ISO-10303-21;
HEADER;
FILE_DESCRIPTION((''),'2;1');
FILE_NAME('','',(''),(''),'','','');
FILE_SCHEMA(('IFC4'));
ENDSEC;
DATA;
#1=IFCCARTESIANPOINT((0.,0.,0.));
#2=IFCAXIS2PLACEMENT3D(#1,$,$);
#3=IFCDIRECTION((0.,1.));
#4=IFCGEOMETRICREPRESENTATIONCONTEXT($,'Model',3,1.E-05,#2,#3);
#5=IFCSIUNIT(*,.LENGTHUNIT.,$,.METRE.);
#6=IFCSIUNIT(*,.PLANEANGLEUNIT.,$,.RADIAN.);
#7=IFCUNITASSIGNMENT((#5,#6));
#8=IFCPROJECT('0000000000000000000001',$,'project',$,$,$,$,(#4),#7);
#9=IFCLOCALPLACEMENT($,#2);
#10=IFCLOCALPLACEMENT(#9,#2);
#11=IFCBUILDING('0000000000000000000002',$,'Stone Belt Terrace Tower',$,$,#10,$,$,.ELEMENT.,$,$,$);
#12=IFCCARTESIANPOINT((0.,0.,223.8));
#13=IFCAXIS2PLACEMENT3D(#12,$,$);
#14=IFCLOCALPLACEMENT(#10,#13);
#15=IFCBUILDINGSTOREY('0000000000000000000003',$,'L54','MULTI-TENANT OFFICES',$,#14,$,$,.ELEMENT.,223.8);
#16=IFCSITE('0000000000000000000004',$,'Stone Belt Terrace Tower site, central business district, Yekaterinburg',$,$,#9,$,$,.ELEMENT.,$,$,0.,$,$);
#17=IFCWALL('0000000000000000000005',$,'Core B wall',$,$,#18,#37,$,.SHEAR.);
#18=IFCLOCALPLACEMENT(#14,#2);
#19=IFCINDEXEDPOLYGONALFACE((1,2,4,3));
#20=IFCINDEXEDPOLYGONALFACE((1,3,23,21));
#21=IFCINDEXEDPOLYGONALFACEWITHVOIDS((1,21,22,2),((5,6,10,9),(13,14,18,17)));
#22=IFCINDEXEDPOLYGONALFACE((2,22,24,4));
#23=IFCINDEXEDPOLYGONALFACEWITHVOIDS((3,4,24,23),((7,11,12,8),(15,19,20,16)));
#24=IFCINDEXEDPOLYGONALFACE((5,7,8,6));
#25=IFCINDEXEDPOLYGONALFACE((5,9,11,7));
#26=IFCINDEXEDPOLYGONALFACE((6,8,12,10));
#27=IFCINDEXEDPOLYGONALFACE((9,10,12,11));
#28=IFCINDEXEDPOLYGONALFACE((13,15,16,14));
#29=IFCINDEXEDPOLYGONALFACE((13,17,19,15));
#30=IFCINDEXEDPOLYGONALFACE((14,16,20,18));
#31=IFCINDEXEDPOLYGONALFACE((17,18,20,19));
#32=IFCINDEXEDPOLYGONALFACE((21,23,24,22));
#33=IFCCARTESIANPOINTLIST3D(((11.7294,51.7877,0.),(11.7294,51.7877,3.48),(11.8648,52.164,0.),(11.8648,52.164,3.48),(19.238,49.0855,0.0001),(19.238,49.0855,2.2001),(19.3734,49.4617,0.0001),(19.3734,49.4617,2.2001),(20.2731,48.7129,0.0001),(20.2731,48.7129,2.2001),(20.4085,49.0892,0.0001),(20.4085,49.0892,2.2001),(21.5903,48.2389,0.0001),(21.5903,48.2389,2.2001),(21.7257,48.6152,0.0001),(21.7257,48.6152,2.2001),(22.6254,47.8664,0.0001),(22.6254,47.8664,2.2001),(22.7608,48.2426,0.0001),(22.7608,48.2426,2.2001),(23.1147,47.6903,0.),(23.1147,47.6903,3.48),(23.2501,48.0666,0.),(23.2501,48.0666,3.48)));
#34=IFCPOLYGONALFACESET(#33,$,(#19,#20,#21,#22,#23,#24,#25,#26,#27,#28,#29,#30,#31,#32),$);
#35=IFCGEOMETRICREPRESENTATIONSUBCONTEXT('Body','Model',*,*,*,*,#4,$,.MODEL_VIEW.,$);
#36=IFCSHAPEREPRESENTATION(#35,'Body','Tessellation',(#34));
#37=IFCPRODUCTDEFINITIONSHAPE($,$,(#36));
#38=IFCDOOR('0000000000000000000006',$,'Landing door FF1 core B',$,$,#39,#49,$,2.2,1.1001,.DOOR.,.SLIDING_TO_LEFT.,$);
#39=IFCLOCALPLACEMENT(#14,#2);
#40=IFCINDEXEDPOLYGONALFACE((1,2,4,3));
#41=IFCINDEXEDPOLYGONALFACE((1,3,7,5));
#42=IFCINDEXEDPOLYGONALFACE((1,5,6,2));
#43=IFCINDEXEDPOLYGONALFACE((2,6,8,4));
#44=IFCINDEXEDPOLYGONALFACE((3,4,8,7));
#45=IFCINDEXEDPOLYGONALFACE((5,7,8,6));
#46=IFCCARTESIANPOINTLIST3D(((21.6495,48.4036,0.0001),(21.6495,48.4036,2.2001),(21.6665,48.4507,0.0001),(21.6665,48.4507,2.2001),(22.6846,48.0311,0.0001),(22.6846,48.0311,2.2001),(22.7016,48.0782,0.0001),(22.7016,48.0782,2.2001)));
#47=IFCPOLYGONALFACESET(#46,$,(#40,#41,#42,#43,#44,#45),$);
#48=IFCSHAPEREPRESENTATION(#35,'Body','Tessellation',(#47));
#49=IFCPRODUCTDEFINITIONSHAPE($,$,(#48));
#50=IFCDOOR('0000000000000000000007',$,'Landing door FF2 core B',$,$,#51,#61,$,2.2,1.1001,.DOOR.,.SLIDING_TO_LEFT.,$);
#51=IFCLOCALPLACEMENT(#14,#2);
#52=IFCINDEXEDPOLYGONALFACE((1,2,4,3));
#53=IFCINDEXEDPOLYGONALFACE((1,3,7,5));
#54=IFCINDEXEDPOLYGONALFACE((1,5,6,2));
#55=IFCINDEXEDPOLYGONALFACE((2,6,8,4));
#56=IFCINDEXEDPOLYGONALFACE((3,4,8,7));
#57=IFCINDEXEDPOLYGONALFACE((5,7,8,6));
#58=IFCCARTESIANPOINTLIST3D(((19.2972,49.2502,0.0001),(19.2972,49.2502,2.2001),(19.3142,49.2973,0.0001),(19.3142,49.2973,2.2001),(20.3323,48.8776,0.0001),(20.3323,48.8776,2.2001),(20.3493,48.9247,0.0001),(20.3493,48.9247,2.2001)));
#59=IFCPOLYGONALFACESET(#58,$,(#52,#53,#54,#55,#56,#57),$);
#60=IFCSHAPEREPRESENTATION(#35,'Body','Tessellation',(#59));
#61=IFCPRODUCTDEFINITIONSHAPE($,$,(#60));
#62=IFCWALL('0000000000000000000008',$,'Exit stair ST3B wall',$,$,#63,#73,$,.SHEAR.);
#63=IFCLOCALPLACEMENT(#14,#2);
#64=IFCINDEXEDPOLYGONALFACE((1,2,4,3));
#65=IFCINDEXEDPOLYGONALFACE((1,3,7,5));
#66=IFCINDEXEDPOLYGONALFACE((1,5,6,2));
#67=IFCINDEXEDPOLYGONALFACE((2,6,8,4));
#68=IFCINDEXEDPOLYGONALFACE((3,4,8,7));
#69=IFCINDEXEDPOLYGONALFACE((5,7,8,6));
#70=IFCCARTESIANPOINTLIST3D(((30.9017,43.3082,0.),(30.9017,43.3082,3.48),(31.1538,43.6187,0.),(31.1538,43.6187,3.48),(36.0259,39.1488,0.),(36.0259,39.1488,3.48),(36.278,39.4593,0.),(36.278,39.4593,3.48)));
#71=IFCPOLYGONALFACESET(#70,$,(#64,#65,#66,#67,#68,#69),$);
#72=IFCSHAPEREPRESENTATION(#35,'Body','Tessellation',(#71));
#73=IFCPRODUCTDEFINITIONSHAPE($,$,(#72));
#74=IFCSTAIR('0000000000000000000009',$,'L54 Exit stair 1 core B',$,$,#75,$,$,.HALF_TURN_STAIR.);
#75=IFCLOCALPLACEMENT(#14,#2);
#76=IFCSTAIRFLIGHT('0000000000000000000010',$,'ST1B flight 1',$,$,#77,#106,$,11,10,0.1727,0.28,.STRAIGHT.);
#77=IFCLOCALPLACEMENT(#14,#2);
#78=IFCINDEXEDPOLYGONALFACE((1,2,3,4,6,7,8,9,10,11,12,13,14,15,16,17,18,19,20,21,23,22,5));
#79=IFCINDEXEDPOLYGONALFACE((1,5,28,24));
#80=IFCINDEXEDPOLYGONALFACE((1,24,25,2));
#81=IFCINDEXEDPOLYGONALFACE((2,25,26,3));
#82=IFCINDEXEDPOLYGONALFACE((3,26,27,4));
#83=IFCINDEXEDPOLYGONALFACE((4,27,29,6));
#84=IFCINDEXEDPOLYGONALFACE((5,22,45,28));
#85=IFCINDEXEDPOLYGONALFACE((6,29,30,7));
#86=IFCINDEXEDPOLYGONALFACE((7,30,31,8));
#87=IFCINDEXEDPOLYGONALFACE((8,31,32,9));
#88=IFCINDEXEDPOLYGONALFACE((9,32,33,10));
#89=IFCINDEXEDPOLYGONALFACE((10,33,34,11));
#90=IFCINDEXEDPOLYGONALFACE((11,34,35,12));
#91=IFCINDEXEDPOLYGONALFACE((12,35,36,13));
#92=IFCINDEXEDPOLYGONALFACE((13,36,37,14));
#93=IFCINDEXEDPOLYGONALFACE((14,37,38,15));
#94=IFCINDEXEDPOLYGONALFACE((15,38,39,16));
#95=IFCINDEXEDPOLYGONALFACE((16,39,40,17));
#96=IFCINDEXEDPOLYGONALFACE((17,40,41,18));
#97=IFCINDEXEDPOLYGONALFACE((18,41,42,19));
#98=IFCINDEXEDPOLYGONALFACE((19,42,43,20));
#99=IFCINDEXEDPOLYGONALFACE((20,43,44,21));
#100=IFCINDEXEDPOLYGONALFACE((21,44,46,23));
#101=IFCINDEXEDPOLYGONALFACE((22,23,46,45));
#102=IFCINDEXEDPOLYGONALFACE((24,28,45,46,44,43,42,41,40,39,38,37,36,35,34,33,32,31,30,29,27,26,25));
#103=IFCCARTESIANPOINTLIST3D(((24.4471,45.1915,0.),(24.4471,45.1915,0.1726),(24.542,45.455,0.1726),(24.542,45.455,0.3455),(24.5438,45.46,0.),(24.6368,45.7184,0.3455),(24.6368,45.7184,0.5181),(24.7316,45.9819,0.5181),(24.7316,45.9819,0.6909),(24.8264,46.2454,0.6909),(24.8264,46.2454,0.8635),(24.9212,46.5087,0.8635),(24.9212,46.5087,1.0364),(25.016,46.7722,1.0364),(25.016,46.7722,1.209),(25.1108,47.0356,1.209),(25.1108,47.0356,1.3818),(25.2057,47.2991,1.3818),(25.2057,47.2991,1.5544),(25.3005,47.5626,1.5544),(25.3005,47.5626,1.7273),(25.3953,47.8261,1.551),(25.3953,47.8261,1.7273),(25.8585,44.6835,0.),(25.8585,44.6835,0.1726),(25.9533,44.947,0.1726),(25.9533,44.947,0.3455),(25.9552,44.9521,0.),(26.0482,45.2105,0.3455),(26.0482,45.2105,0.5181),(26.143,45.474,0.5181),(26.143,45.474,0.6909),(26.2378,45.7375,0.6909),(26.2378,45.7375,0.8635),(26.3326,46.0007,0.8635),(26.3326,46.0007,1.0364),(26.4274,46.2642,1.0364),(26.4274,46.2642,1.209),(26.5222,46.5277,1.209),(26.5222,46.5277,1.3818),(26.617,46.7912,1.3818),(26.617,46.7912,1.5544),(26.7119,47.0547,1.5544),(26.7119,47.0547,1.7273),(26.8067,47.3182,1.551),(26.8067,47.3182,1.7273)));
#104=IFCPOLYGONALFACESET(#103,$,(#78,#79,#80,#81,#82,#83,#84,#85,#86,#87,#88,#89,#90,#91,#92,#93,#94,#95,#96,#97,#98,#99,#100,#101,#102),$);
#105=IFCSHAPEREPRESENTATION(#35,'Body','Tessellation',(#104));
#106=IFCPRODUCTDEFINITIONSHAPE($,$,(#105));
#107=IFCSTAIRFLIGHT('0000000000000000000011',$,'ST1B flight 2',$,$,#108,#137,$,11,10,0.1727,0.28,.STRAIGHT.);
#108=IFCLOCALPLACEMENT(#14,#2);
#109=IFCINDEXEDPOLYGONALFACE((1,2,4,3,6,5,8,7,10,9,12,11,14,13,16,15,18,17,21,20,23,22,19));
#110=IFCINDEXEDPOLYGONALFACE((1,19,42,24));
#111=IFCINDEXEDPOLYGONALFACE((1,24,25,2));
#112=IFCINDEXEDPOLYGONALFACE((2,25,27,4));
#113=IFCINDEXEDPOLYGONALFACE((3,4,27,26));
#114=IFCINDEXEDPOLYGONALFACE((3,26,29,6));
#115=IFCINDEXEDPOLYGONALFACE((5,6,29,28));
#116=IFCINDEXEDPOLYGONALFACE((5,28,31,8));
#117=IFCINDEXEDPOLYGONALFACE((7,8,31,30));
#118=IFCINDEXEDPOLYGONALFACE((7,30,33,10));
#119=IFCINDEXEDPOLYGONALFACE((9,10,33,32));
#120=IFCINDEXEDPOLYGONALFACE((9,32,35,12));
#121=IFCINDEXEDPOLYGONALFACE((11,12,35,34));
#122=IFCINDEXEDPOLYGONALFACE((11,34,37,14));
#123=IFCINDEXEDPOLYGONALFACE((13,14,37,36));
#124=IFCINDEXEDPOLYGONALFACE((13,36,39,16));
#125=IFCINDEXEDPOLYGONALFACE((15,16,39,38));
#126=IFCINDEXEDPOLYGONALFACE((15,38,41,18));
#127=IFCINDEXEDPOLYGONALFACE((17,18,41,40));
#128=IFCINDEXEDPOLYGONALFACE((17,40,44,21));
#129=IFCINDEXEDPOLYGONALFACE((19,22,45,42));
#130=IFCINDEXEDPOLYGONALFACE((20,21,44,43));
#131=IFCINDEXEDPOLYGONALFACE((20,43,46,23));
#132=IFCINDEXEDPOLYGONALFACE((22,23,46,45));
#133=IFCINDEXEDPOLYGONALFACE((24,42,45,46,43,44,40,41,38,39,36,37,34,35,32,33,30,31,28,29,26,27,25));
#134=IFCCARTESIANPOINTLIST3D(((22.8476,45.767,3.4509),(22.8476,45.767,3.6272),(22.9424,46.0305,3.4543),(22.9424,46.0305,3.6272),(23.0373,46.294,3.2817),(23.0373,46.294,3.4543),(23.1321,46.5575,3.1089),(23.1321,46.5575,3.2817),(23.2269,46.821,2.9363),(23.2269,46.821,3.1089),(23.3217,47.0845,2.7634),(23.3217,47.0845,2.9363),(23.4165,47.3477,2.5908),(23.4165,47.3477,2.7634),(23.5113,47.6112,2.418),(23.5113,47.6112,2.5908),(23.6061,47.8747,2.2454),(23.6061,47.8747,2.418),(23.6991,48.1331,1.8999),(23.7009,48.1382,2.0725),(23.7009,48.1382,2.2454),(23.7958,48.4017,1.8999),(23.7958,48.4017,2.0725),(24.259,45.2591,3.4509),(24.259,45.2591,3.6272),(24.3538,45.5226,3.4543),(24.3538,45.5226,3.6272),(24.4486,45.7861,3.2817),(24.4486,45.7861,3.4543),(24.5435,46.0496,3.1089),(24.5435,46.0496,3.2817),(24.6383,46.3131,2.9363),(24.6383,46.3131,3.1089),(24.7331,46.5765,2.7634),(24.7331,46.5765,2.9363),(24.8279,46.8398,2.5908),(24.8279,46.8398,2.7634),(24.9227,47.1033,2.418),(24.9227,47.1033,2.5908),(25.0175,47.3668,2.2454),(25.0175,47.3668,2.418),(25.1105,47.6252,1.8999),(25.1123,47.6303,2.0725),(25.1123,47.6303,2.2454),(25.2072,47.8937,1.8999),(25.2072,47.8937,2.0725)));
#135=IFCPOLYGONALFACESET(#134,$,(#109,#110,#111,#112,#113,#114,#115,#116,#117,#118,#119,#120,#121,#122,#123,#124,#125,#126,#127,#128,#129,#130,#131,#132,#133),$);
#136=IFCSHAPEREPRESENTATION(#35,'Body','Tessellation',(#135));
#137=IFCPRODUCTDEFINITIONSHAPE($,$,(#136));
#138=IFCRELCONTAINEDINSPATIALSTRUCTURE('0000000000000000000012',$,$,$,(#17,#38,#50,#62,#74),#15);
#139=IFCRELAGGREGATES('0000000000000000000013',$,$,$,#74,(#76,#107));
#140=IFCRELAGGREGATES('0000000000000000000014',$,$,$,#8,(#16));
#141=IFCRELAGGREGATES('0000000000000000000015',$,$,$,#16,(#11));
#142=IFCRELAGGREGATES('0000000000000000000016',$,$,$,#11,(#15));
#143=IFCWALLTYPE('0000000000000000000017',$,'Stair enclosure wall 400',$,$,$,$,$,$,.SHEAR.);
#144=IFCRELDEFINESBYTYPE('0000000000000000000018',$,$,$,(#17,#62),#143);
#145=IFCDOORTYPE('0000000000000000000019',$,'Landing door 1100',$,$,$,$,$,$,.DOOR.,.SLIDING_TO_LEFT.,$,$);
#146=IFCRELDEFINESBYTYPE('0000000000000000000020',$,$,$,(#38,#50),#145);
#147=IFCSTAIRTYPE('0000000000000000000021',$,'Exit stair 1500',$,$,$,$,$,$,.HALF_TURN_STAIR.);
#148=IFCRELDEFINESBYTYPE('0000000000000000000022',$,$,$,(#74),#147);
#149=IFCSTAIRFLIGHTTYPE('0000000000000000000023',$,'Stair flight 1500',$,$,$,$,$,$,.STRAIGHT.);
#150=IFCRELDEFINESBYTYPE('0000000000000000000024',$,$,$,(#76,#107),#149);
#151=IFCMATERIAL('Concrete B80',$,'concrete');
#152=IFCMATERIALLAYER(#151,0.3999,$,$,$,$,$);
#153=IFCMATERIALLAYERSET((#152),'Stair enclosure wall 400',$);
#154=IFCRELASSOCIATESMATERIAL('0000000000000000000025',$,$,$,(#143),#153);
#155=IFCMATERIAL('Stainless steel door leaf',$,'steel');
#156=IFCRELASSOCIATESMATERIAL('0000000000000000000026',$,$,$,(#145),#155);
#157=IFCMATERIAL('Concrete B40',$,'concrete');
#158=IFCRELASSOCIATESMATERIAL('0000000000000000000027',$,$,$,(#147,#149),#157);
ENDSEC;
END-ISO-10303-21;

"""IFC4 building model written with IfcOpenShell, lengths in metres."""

from ifc_helpers import new_model, si_unit, direction, frame, frame_2d, origin, place, context, subcontext, project, spatial, polyline, rectangle, outline, extrude, material, layer, layer_set, type_object, element, fill, aggregate, save


model = new_model("IFC4")

# Units and contexts
model_context = context("Model", 3, precision=1e-05, world=origin(), true_north=direction((0.0, 1.0)))
body_context = subcontext(model_context, "Body", "Model", "MODEL_VIEW")
ifc_project = project(units=[si_unit("LENGTHUNIT", "METRE"), si_unit("PLANEANGLEUNIT", "RADIAN")], contexts=[model_context])

# Site, building, storey
site_placement = place(None, origin())
site = spatial("IfcSite", under=ifc_project, at=site_placement, Name="Stone Belt Terrace Tower site, central business district, Yekaterinburg", CompositionType="ELEMENT", RefElevation=0.0)
building_placement = place(site_placement, origin())
building = spatial("IfcBuilding", under=site, at=building_placement, Name="Stone Belt Terrace Tower", CompositionType="ELEMENT")
storey_placement = place(building_placement, frame((0.0, 0.0, 223.8)))
storey = spatial("IfcBuildingStorey", under=building, at=storey_placement, Name="L54", Description="MULTI-TENANT OFFICES", CompositionType="ELEMENT", Elevation=223.8)

# Shared definitions
ifc_material_1 = material(Name="Concrete B80", Category="concrete")

# Shared definitions
ifc_layer_1 = layer(ifc_material_1, 0.3999)
ifc_layer_set_1 = layer_set([ifc_layer_1], Name="Stair enclosure wall 400")
wall_type_1 = type_object("IfcWallType", Name="Stair enclosure wall 400", PredefinedType="SHEAR", material=ifc_layer_set_1)

# Wall, openings, doors
wall_1_placement = place(storey_placement, frame((23.1824, 47.8784, 0.0), z_axis=(0.0, 0.0, 1.0), x_axis=(-0.940921, 0.338626, 0.0)))
wall_1 = element("IfcWall", 1, at=wall_1_placement, inside=storey, type_object=wall_type_1, Name="Core B wall", PredefinedType="SHEAR", context=body_context, shape_type="SweptSolid", body=[
    extrude(rectangle(XDim=12.1001, YDim=0.3999, at=frame_2d((6.05, 0.0))), origin(), (0.0, 0.0, 1.0), 3.48),
])
opening_1_placement = place(wall_1_placement, frame((0.52, 0.0, 0.0)))
opening_1 = element("IfcOpeningElement", 2, at=opening_1_placement, cuts=wall_1, PredefinedType="OPENING", context=body_context, shape_type="SweptSolid", body=[
    extrude(rectangle(XDim=1.1001, YDim=2.2, at=frame_2d((0.55, 1.1001))), frame((0.0, 0.21, 0.0), z_axis=(0.0, -1.0, 0.0), x_axis=(1.0, 0.0, 0.0)), (0.0, 0.0, 1.0), 0.4199),
])
opening_2_placement = place(wall_1_placement, frame((3.02, 0.0, 0.0)))
opening_2 = element("IfcOpeningElement", 3, at=opening_2_placement, cuts=wall_1, PredefinedType="OPENING", context=body_context, shape_type="SweptSolid", body=[
    extrude(rectangle(XDim=1.1001, YDim=2.2, at=frame_2d((0.55, 1.1001))), frame((0.0, 0.21, 0.0), z_axis=(0.0, -1.0, 0.0), x_axis=(1.0, 0.0, 0.0)), (0.0, 0.0, 1.0), 0.4199),
])
ifc_material_2 = material(Name="Stainless steel door leaf", Category="steel")
door_type_1 = type_object("IfcDoorType", Name="Landing door 1100", OperationType="SLIDING_TO_LEFT", PredefinedType="DOOR", material=ifc_material_2)
door_1_placement = place(opening_1_placement, origin())
door_1 = element("IfcDoor", 4, at=door_1_placement, inside=storey, type_object=door_type_1, Name="Landing door FF1 core B", OperationType="SLIDING_TO_LEFT", OverallHeight=2.2, OverallWidth=1.1001, PredefinedType="DOOR", context=body_context, shape_type="SweptSolid", body=[
    extrude(rectangle(XDim=1.1001, YDim=2.2, at=frame_2d((0.55, 1.1001))), frame((0.0, 0.0249, 0.0), z_axis=(0.0, -1.0, 0.0), x_axis=(1.0, 0.0, 0.0)), (0.0, 0.0, 1.0), 0.05),
])
fill(opening_1, door_1)
door_2_placement = place(opening_2_placement, origin())
door_2 = element("IfcDoor", 5, at=door_2_placement, inside=storey, type_object=door_type_1, Name="Landing door FF2 core B", OperationType="SLIDING_TO_LEFT", OverallHeight=2.2, OverallWidth=1.1001, PredefinedType="DOOR", context=body_context, shape_type="SweptSolid", body=[
    extrude(rectangle(XDim=1.1001, YDim=2.2, at=frame_2d((0.55, 1.1001))), frame((0.0, 0.0249, 0.0), z_axis=(0.0, -1.0, 0.0), x_axis=(1.0, 0.0, 0.0)), (0.0, 0.0, 1.0), 0.05),
])
fill(opening_2, door_2)

# Wall
wall_2_placement = place(storey_placement, frame((31.0278, 43.4634, 0.0), z_axis=(0.0, 0.0, 1.0), x_axis=(0.776414, -0.630224, 0.0)))
element("IfcWall", 6, at=wall_2_placement, inside=storey, type_object=wall_type_1, Name="Exit stair ST3B wall", PredefinedType="SHEAR", context=body_context, shape_type="SweptSolid", body=[
    extrude(rectangle(XDim=6.5999, YDim=0.3999, at=frame_2d((3.2998, 0.0))), origin(), (0.0, 0.0, 1.0), 3.48),
])

# Stair, stair flights
ifc_material_3 = material(Name="Concrete B40", Category="concrete")
stair_type = type_object("IfcStairType", Name="Exit stair 1500", PredefinedType="HALF_TURN_STAIR", material=ifc_material_3)
stair_placement = place(storey_placement, origin())
stair = element("IfcStair", 7, at=stair_placement, inside=storey, type_object=stair_type, Name="L54 Exit stair 1 core B", PredefinedType="HALF_TURN_STAIR")
stair_flight_type = type_object("IfcStairFlightType", Name="Stair flight 1500", PredefinedType="STRAIGHT", material=ifc_material_3)
stair_flight_1_placement = place(storey_placement, frame((25.1528, 44.9375, 0.0), z_axis=(0.0, 0.0, 1.0), x_axis=(0.338624, 0.940922, 0.0)))
stair_flight_1 = element("IfcStairFlight", 8, at=stair_flight_1_placement, type_object=stair_flight_type, Name="ST1B flight 1", NumberOfRisers=11, NumberOfTreads=10, PredefinedType="STRAIGHT", RiserHeight=0.1727, TreadLength=0.28, context=body_context, shape_type="SweptSolid", body=[
    extrude(outline(polyline([(0.0, 0.0), (0.0, 0.1726), (0.28, 0.1726), (0.28, 0.3455), (0.5601, 0.3455), (0.5601, 0.5181), (0.8401, 0.5181), (0.8401, 0.6909), (1.1201, 0.6909), (1.1201, 0.8635), (1.3999, 0.8635), (1.3999, 1.0364), (1.6799, 1.0364), (1.6799, 1.209), (1.96, 1.209), (1.96, 1.3818), (2.24, 1.3818), (2.24, 1.5544), (2.52, 1.5544), (2.52, 1.7273), (2.8, 1.7273), (2.8, 1.8999), (2.8, 1.551), (0.2854, 0.0), (0.0, 0.0)])), frame((0.0, 0.75, 0.0), z_axis=(0.0, -1.0, 0.0), x_axis=(1.0, 0.0, 0.0)), (0.0, 0.0, 1.0), 1.5),
])
stair_flight_2_placement = place(storey_placement, frame((24.5015, 48.1477, 1.8999), z_axis=(0.0, 0.0, 1.0), x_axis=(-0.338624, -0.940922, 0.0)))
stair_flight_2 = element("IfcStairFlight", 9, at=stair_flight_2_placement, type_object=stair_flight_type, Name="ST1B flight 2", NumberOfRisers=11, NumberOfTreads=10, PredefinedType="STRAIGHT", RiserHeight=0.1727, TreadLength=0.28, context=body_context, shape_type="SweptSolid", body=[
    extrude(outline(polyline([(0.0, 0.0), (0.0, 0.1726), (0.28, 0.1726), (0.28, 0.3455), (0.5601, 0.3455), (0.5601, 0.5181), (0.8401, 0.5181), (0.8401, 0.6909), (1.1201, 0.6909), (1.1201, 0.8635), (1.3999, 0.8635), (1.3999, 1.0364), (1.6799, 1.0364), (1.6799, 1.209), (1.96, 1.209), (1.96, 1.3818), (2.24, 1.3818), (2.24, 1.5544), (2.52, 1.5544), (2.52, 1.7273), (2.8, 1.7273), (2.8, 1.8999), (2.8, 1.551), (0.2854, 0.0), (0.0, 0.0)])), frame((0.0, 0.75, 0.0), z_axis=(0.0, -1.0, 0.0), x_axis=(1.0, 0.0, 0.0)), (0.0, 0.0, 1.0), 1.5),
])
aggregate(stair, [stair_flight_1, stair_flight_2])

save(model, "model.ifc")
